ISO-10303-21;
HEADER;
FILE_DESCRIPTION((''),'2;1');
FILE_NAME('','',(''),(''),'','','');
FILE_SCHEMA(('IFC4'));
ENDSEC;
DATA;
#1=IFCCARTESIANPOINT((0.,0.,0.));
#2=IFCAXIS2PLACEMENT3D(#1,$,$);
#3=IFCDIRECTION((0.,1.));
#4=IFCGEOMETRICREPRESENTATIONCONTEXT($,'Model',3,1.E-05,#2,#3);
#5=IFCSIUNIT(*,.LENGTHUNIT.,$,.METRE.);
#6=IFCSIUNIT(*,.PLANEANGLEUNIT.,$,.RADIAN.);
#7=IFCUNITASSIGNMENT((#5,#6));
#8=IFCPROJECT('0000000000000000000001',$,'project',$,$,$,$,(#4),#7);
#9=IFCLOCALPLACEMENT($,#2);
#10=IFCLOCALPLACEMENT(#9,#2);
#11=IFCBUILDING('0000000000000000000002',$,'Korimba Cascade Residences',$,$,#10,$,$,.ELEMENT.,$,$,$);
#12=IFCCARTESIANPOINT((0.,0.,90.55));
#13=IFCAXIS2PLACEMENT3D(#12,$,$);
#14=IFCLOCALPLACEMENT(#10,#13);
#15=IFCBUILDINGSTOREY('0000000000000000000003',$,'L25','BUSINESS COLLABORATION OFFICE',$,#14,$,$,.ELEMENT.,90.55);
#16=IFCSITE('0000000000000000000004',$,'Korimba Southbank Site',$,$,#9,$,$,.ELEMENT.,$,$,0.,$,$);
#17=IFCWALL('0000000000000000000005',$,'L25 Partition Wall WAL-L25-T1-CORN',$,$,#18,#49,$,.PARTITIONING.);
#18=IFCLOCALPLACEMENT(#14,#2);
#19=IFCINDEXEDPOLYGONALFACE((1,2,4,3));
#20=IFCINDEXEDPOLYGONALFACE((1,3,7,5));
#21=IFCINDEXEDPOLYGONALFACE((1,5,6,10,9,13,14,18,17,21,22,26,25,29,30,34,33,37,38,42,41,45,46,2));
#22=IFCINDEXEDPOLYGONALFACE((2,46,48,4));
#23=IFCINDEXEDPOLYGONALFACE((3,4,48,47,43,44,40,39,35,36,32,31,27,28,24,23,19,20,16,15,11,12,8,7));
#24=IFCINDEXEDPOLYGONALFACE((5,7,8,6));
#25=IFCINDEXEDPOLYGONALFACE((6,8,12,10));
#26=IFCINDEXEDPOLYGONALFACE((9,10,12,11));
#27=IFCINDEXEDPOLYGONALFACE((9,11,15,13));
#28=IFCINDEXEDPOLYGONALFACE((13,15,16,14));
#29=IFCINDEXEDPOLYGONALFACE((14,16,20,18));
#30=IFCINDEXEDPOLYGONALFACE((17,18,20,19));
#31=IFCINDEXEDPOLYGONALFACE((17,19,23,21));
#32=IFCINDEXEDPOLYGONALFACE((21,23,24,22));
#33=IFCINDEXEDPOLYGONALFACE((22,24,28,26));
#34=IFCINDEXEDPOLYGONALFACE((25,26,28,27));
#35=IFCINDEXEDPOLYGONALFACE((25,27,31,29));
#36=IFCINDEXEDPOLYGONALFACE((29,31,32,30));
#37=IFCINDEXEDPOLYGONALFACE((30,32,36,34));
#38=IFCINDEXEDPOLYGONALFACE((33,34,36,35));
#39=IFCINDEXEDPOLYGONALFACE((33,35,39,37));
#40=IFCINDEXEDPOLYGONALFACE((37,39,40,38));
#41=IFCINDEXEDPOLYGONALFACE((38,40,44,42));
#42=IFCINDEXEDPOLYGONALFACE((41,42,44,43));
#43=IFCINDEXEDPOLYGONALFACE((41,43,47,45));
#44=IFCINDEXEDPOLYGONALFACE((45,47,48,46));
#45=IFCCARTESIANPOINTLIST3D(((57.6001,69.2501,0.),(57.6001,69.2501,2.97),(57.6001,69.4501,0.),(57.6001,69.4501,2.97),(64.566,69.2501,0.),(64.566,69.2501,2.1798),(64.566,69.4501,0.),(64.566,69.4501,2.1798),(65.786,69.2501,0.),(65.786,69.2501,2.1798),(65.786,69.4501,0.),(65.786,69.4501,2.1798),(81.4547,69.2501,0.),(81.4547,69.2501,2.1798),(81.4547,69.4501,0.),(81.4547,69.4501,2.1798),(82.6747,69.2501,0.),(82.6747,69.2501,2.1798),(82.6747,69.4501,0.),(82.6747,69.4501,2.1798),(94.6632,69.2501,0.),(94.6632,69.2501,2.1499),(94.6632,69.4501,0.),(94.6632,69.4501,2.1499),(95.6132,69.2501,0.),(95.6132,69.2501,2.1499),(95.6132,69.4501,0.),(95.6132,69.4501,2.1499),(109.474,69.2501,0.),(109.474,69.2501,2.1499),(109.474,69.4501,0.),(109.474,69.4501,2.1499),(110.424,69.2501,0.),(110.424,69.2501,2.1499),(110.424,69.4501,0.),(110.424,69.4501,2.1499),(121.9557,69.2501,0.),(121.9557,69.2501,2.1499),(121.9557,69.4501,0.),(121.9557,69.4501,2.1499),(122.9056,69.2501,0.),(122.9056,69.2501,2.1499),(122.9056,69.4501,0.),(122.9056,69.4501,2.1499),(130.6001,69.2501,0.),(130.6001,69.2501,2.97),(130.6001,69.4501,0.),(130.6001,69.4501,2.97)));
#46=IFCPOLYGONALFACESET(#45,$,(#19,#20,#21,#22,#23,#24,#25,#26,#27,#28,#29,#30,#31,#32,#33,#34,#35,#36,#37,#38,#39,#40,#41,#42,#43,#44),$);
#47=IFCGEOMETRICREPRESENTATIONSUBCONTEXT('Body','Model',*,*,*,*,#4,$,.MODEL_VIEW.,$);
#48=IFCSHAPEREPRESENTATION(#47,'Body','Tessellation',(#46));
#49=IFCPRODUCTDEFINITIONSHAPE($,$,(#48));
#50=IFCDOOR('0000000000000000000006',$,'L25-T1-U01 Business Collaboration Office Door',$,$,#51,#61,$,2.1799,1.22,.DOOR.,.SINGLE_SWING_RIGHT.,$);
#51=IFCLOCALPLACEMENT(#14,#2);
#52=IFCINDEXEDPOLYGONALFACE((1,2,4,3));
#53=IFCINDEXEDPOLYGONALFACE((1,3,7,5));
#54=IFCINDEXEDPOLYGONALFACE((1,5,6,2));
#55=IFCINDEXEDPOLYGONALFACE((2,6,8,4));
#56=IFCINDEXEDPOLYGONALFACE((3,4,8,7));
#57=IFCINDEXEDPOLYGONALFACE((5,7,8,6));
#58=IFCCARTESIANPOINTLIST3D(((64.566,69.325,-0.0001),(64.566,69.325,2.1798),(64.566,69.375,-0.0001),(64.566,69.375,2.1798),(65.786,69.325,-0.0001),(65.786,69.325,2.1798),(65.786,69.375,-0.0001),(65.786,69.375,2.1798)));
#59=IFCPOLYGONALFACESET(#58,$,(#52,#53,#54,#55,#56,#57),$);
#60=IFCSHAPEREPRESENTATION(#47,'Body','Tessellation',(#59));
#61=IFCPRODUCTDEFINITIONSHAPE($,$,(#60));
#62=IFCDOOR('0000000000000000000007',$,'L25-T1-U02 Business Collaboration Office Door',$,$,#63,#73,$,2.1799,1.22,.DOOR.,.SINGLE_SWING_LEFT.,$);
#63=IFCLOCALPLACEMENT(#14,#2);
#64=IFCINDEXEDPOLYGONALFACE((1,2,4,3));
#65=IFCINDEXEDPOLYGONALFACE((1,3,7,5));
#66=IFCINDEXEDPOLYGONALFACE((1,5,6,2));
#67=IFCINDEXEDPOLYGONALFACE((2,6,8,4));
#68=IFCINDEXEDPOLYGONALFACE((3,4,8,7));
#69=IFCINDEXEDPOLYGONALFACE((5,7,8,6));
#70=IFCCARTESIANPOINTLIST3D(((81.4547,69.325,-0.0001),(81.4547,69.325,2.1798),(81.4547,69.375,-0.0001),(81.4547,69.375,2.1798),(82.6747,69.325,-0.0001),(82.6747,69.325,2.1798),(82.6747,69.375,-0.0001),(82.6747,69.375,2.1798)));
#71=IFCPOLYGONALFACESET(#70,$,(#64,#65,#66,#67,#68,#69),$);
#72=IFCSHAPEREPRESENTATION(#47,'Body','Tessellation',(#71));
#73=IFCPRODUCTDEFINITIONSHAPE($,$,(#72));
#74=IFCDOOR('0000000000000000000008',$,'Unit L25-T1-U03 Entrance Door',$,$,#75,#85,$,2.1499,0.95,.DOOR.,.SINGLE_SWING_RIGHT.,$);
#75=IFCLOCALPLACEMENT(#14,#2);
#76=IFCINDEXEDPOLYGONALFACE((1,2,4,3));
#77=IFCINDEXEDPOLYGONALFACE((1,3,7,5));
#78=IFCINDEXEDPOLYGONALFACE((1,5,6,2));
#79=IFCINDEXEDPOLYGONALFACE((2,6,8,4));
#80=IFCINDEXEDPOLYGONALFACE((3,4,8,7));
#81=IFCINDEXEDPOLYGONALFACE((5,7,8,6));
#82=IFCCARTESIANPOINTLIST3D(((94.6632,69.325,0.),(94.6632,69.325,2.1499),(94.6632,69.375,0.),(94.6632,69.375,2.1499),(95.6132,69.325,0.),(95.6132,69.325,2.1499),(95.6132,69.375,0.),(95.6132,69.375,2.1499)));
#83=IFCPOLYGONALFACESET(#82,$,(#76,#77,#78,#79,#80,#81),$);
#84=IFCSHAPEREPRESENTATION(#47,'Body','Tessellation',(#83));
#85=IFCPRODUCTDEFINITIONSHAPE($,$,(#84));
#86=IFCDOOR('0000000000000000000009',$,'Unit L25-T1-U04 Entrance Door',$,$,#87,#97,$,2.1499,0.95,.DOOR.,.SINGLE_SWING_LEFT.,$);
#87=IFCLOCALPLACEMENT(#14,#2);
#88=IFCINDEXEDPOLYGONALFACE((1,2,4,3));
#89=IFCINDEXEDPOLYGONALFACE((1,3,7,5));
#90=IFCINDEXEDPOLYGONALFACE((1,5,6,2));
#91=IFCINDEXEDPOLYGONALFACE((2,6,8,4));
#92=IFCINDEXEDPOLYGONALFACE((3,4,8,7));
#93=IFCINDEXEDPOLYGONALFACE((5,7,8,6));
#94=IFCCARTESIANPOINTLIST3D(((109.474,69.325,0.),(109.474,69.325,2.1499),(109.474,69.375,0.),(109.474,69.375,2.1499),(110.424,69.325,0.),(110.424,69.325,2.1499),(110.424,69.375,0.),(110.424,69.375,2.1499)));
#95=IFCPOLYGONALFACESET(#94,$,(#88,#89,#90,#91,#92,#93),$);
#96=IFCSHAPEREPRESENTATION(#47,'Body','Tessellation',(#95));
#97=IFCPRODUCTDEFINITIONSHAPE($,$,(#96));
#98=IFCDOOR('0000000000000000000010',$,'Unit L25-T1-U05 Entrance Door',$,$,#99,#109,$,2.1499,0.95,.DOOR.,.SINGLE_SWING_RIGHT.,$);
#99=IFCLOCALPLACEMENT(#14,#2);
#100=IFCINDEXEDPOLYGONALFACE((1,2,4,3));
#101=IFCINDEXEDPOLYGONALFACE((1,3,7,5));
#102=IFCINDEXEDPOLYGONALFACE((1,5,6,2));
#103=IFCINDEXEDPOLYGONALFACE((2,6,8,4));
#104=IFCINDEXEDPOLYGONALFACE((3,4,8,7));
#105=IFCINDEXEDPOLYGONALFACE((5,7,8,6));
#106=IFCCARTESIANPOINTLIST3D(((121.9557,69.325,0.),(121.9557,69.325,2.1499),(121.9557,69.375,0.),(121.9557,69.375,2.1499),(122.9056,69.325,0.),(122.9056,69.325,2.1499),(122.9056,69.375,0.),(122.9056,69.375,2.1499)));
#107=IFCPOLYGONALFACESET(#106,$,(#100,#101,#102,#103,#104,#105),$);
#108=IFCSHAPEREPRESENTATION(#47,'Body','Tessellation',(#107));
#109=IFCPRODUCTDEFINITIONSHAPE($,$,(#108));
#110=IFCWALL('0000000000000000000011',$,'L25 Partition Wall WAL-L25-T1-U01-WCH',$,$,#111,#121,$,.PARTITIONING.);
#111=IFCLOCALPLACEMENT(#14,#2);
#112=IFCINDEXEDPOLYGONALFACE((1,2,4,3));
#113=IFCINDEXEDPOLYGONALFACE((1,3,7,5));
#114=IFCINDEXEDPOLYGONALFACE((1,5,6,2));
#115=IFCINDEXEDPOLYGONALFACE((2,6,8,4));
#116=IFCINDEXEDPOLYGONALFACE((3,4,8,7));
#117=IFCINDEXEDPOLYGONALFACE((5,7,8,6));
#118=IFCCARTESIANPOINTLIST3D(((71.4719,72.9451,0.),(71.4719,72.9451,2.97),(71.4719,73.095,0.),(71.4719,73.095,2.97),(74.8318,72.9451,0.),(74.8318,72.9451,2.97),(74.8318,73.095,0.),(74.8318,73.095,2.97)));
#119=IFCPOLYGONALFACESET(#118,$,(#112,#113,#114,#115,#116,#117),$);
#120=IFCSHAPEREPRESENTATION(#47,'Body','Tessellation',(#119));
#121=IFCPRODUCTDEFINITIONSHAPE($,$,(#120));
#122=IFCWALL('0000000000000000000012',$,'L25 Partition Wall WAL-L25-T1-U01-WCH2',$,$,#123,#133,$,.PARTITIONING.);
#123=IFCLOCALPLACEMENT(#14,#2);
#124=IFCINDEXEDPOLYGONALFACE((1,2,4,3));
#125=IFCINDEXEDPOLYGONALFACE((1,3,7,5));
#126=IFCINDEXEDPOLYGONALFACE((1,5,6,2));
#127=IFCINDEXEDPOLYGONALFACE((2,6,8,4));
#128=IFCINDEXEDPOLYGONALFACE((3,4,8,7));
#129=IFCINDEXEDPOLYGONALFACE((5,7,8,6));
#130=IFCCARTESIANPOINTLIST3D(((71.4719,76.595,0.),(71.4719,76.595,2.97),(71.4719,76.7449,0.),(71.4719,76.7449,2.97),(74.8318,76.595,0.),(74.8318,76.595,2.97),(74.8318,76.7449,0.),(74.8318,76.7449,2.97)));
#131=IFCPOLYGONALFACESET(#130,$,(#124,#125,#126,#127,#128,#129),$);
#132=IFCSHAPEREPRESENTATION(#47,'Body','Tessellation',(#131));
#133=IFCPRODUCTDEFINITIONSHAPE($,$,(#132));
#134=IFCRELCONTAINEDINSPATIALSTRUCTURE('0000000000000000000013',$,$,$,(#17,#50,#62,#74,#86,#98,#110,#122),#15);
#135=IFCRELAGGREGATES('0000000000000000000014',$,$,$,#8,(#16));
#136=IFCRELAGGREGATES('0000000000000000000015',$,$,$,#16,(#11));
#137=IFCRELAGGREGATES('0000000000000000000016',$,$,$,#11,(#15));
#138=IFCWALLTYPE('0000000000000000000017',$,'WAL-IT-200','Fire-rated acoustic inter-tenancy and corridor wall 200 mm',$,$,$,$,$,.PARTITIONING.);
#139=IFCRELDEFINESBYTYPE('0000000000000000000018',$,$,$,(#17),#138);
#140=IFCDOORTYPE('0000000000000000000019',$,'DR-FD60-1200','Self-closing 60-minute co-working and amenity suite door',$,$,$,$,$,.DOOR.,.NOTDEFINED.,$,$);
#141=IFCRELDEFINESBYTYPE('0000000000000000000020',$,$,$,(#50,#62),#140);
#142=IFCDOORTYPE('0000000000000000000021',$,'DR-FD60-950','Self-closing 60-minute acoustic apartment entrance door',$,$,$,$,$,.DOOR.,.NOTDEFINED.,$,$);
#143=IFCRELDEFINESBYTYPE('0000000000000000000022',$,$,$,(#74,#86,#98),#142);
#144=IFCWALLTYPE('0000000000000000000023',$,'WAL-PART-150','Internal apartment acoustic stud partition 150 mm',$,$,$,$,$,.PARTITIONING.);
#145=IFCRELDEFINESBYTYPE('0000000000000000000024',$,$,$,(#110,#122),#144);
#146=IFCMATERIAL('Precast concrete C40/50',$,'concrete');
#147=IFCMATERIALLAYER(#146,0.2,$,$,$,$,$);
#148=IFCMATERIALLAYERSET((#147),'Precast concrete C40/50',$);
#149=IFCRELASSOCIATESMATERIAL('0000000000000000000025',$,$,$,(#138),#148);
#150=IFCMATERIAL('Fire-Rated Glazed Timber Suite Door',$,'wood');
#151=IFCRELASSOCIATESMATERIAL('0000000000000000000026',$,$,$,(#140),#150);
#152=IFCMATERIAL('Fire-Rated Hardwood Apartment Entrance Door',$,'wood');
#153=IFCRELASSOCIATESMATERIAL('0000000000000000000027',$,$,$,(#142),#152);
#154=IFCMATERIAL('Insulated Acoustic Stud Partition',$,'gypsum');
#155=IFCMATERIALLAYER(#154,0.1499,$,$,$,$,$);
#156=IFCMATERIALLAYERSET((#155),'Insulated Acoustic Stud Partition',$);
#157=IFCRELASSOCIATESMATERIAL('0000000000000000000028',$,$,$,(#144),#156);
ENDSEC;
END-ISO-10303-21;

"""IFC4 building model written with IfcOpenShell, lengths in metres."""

from ifc_helpers import new_model, si_unit, direction, frame, frame_2d, origin, place, context, subcontext, project, spatial, rectangle, extrude, material, layer, layer_set, type_object, element, fill, save


model = new_model("IFC4")

# Units and contexts
model_context = context("Model", 3, precision=1e-05, world=origin(), true_north=direction((0.0, 1.0)))
body_context = subcontext(model_context, "Body", "Model", "MODEL_VIEW")
ifc_project = project(units=[si_unit("LENGTHUNIT", "METRE"), si_unit("PLANEANGLEUNIT", "RADIAN")], contexts=[model_context])

# Site, building, storey
site_placement = place(None, origin())
site = spatial("IfcSite", under=ifc_project, at=site_placement, Name="Korimba Southbank Site", CompositionType="ELEMENT", RefElevation=0.0)
building_placement = place(site_placement, origin())
building = spatial("IfcBuilding", under=site, at=building_placement, Name="Korimba Cascade Residences", CompositionType="ELEMENT")
storey_placement = place(building_placement, frame((0.0, 0.0, 90.55)))
storey = spatial("IfcBuildingStorey", under=building, at=storey_placement, Name="L25", Description="BUSINESS COLLABORATION OFFICE", CompositionType="ELEMENT", Elevation=90.55)

# Shared definitions
ifc_material_1 = material(Name="Precast concrete C40/50", Category="concrete")
ifc_layer_1 = layer(ifc_material_1, 0.2)
ifc_layer_set_1 = layer_set([ifc_layer_1], Name="Precast concrete C40/50")
wall_type_1 = type_object("IfcWallType", Name="WAL-IT-200", Description="Fire-rated acoustic inter-tenancy and corridor wall 200 mm", PredefinedType="PARTITIONING", material=ifc_layer_set_1)

# Wall, openings, doors
wall_1_placement = place(storey_placement, frame((57.6001, 69.3501, 0.0), z_axis=(0.0, 0.0, 1.0), x_axis=(1.0, 0.0, 0.0)))
wall_1 = element("IfcWall", 1, at=wall_1_placement, inside=storey, type_object=wall_type_1, Name="L25 Partition Wall WAL-L25-T1-CORN", PredefinedType="PARTITIONING", context=body_context, shape_type="SweptSolid", body=[
    extrude(rectangle(XDim=73.0, YDim=0.2, at=frame_2d((36.5, 0.0))), origin(), (0.0, 0.0, 1.0), 2.97),
])
opening_1_placement = place(wall_1_placement, frame((6.9661, 0.0, 0.0)))
opening_1 = element("IfcOpeningElement", 2, at=opening_1_placement, cuts=wall_1, PredefinedType="OPENING", context=body_context, shape_type="SweptSolid", body=[
    extrude(rectangle(XDim=1.22, YDim=2.1799, at=frame_2d((0.6099, 1.0898))), frame((0.0, 0.1099, 0.0), z_axis=(0.0, -1.0, 0.0), x_axis=(1.0, 0.0, 0.0)), (0.0, 0.0, 1.0), 0.22),
])
opening_2_placement = place(wall_1_placement, frame((23.8547, 0.0, 0.0)))
opening_2 = element("IfcOpeningElement", 3, at=opening_2_placement, cuts=wall_1, PredefinedType="OPENING", context=body_context, shape_type="SweptSolid", body=[
    extrude(rectangle(XDim=1.22, YDim=2.1799, at=frame_2d((0.6099, 1.0898))), frame((0.0, 0.1099, 0.0), z_axis=(0.0, -1.0, 0.0), x_axis=(1.0, 0.0, 0.0)), (0.0, 0.0, 1.0), 0.22),
])
opening_3_placement = place(wall_1_placement, frame((37.063, 0.0, 0.0)))
opening_3 = element("IfcOpeningElement", 4, at=opening_3_placement, cuts=wall_1, PredefinedType="OPENING", context=body_context, shape_type="SweptSolid", body=[
    extrude(rectangle(XDim=0.95, YDim=2.1499, at=frame_2d((0.4751, 1.075))), frame((0.0, 0.1099, 0.0), z_axis=(0.0, -1.0, 0.0), x_axis=(1.0, 0.0, 0.0)), (0.0, 0.0, 1.0), 0.22),
])
opening_4_placement = place(wall_1_placement, frame((51.8738, 0.0, 0.0)))
opening_4 = element("IfcOpeningElement", 5, at=opening_4_placement, cuts=wall_1, PredefinedType="OPENING", context=body_context, shape_type="SweptSolid", body=[
    extrude(rectangle(XDim=0.95, YDim=2.1499, at=frame_2d((0.4751, 1.075))), frame((0.0, 0.1099, 0.0), z_axis=(0.0, -1.0, 0.0), x_axis=(1.0, 0.0, 0.0)), (0.0, 0.0, 1.0), 0.22),
])
opening_5_placement = place(wall_1_placement, frame((64.3555, 0.0, 0.0)))
opening_5 = element("IfcOpeningElement", 6, at=opening_5_placement, cuts=wall_1, PredefinedType="OPENING", context=body_context, shape_type="SweptSolid", body=[
    extrude(rectangle(XDim=0.95, YDim=2.1499, at=frame_2d((0.4751, 1.075))), frame((0.0, 0.1099, 0.0), z_axis=(0.0, -1.0, 0.0), x_axis=(1.0, 0.0, 0.0)), (0.0, 0.0, 1.0), 0.22),
])
ifc_material_2 = material(Name="Fire-Rated Glazed Timber Suite Door", Category="wood")
door_type_1 = type_object("IfcDoorType", Name="DR-FD60-1200", Description="Self-closing 60-minute co-working and amenity suite door", OperationType="NOTDEFINED", PredefinedType="DOOR", material=ifc_material_2)
door_1_placement = place(opening_1_placement, origin())
door_1 = element("IfcDoor", 7, at=door_1_placement, inside=storey, type_object=door_type_1, Name="L25-T1-U01 Business Collaboration Office Door", OperationType="SINGLE_SWING_RIGHT", OverallHeight=2.1799, OverallWidth=1.22, PredefinedType="DOOR", context=body_context, shape_type="SweptSolid", body=[
    extrude(rectangle(XDim=1.22, YDim=2.1799, at=frame_2d((0.6099, 1.0898))), frame((0.0, 0.0249, 0.0), z_axis=(0.0, -1.0, 0.0), x_axis=(1.0, 0.0, 0.0)), (0.0, 0.0, 1.0), 0.05),
])
fill(opening_1, door_1)
door_2_placement = place(opening_2_placement, origin())
door_2 = element("IfcDoor", 8, at=door_2_placement, inside=storey, type_object=door_type_1, Name="L25-T1-U02 Business Collaboration Office Door", OperationType="SINGLE_SWING_LEFT", OverallHeight=2.1799, OverallWidth=1.22, PredefinedType="DOOR", context=body_context, shape_type="SweptSolid", body=[
    extrude(rectangle(XDim=1.22, YDim=2.1799, at=frame_2d((0.6099, 1.0898))), frame((0.0, 0.0249, 0.0), z_axis=(0.0, -1.0, 0.0), x_axis=(1.0, 0.0, 0.0)), (0.0, 0.0, 1.0), 0.05),
])
fill(opening_2, door_2)
ifc_material_3 = material(Name="Fire-Rated Hardwood Apartment Entrance Door", Category="wood")
door_type_2 = type_object("IfcDoorType", Name="DR-FD60-950", Description="Self-closing 60-minute acoustic apartment entrance door", OperationType="NOTDEFINED", PredefinedType="DOOR", material=ifc_material_3)
door_3_placement = place(opening_3_placement, origin())
door_3 = element("IfcDoor", 9, at=door_3_placement, inside=storey, type_object=door_type_2, Name="Unit L25-T1-U03 Entrance Door", OperationType="SINGLE_SWING_RIGHT", OverallHeight=2.1499, OverallWidth=0.95, PredefinedType="DOOR", context=body_context, shape_type="SweptSolid", body=[
    extrude(rectangle(XDim=0.95, YDim=2.1499, at=frame_2d((0.4751, 1.075))), frame((0.0, 0.0249, 0.0), z_axis=(0.0, -1.0, 0.0), x_axis=(1.0, 0.0, 0.0)), (0.0, 0.0, 1.0), 0.05),
])
fill(opening_3, door_3)
door_4_placement = place(opening_4_placement, origin())
door_4 = element("IfcDoor", 10, at=door_4_placement, inside=storey, type_object=door_type_2, Name="Unit L25-T1-U04 Entrance Door", OperationType="SINGLE_SWING_LEFT", OverallHeight=2.1499, OverallWidth=0.95, PredefinedType="DOOR", context=body_context, shape_type="SweptSolid", body=[
    extrude(rectangle(XDim=0.95, YDim=2.1499, at=frame_2d((0.4751, 1.075))), frame((0.0, 0.0249, 0.0), z_axis=(0.0, -1.0, 0.0), x_axis=(1.0, 0.0, 0.0)), (0.0, 0.0, 1.0), 0.05),
])
fill(opening_4, door_4)
door_5_placement = place(opening_5_placement, origin())
door_5 = element("IfcDoor", 11, at=door_5_placement, inside=storey, type_object=door_type_2, Name="Unit L25-T1-U05 Entrance Door", OperationType="SINGLE_SWING_RIGHT", OverallHeight=2.1499, OverallWidth=0.95, PredefinedType="DOOR", context=body_context, shape_type="SweptSolid", body=[
    extrude(rectangle(XDim=0.95, YDim=2.1499, at=frame_2d((0.4751, 1.075))), frame((0.0, 0.0249, 0.0), z_axis=(0.0, -1.0, 0.0), x_axis=(1.0, 0.0, 0.0)), (0.0, 0.0, 1.0), 0.05),
])
fill(opening_5, door_5)

# Walls
ifc_material_4 = material(Name="Insulated Acoustic Stud Partition", Category="gypsum")
ifc_layer_2 = layer(ifc_material_4, 0.1499)
ifc_layer_set_2 = layer_set([ifc_layer_2], Name="Insulated Acoustic Stud Partition")
wall_type_2 = type_object("IfcWallType", Name="WAL-PART-150", Description="Internal apartment acoustic stud partition 150 mm", PredefinedType="PARTITIONING", material=ifc_layer_set_2)
for number, where, z_axis, x_axis, name in (
    (12, (71.4719, 73.02, 0.0), (0.0, 0.0, 1.0), (1.0, 0.0, 0.0), "L25 Partition Wall WAL-L25-T1-U01-WCH"),
    (13, (71.4719, 76.6699, 0.0), (0.0, 0.0, 1.0), (1.0, 0.0, 0.0), "L25 Partition Wall WAL-L25-T1-U01-WCH2"),
):
    element("IfcWall", number, at=place(storey_placement, frame(where, z_axis=z_axis, x_axis=x_axis)), inside=storey, type_object=wall_type_2, Name=name, PredefinedType="PARTITIONING", context=body_context, shape_type="SweptSolid", body=[
        extrude(rectangle(XDim=3.3599, YDim=0.1499, at=frame_2d((1.6799, 0.0))), origin(), (0.0, 0.0, 1.0), 2.97),
    ])

save(model, "model.ifc")
